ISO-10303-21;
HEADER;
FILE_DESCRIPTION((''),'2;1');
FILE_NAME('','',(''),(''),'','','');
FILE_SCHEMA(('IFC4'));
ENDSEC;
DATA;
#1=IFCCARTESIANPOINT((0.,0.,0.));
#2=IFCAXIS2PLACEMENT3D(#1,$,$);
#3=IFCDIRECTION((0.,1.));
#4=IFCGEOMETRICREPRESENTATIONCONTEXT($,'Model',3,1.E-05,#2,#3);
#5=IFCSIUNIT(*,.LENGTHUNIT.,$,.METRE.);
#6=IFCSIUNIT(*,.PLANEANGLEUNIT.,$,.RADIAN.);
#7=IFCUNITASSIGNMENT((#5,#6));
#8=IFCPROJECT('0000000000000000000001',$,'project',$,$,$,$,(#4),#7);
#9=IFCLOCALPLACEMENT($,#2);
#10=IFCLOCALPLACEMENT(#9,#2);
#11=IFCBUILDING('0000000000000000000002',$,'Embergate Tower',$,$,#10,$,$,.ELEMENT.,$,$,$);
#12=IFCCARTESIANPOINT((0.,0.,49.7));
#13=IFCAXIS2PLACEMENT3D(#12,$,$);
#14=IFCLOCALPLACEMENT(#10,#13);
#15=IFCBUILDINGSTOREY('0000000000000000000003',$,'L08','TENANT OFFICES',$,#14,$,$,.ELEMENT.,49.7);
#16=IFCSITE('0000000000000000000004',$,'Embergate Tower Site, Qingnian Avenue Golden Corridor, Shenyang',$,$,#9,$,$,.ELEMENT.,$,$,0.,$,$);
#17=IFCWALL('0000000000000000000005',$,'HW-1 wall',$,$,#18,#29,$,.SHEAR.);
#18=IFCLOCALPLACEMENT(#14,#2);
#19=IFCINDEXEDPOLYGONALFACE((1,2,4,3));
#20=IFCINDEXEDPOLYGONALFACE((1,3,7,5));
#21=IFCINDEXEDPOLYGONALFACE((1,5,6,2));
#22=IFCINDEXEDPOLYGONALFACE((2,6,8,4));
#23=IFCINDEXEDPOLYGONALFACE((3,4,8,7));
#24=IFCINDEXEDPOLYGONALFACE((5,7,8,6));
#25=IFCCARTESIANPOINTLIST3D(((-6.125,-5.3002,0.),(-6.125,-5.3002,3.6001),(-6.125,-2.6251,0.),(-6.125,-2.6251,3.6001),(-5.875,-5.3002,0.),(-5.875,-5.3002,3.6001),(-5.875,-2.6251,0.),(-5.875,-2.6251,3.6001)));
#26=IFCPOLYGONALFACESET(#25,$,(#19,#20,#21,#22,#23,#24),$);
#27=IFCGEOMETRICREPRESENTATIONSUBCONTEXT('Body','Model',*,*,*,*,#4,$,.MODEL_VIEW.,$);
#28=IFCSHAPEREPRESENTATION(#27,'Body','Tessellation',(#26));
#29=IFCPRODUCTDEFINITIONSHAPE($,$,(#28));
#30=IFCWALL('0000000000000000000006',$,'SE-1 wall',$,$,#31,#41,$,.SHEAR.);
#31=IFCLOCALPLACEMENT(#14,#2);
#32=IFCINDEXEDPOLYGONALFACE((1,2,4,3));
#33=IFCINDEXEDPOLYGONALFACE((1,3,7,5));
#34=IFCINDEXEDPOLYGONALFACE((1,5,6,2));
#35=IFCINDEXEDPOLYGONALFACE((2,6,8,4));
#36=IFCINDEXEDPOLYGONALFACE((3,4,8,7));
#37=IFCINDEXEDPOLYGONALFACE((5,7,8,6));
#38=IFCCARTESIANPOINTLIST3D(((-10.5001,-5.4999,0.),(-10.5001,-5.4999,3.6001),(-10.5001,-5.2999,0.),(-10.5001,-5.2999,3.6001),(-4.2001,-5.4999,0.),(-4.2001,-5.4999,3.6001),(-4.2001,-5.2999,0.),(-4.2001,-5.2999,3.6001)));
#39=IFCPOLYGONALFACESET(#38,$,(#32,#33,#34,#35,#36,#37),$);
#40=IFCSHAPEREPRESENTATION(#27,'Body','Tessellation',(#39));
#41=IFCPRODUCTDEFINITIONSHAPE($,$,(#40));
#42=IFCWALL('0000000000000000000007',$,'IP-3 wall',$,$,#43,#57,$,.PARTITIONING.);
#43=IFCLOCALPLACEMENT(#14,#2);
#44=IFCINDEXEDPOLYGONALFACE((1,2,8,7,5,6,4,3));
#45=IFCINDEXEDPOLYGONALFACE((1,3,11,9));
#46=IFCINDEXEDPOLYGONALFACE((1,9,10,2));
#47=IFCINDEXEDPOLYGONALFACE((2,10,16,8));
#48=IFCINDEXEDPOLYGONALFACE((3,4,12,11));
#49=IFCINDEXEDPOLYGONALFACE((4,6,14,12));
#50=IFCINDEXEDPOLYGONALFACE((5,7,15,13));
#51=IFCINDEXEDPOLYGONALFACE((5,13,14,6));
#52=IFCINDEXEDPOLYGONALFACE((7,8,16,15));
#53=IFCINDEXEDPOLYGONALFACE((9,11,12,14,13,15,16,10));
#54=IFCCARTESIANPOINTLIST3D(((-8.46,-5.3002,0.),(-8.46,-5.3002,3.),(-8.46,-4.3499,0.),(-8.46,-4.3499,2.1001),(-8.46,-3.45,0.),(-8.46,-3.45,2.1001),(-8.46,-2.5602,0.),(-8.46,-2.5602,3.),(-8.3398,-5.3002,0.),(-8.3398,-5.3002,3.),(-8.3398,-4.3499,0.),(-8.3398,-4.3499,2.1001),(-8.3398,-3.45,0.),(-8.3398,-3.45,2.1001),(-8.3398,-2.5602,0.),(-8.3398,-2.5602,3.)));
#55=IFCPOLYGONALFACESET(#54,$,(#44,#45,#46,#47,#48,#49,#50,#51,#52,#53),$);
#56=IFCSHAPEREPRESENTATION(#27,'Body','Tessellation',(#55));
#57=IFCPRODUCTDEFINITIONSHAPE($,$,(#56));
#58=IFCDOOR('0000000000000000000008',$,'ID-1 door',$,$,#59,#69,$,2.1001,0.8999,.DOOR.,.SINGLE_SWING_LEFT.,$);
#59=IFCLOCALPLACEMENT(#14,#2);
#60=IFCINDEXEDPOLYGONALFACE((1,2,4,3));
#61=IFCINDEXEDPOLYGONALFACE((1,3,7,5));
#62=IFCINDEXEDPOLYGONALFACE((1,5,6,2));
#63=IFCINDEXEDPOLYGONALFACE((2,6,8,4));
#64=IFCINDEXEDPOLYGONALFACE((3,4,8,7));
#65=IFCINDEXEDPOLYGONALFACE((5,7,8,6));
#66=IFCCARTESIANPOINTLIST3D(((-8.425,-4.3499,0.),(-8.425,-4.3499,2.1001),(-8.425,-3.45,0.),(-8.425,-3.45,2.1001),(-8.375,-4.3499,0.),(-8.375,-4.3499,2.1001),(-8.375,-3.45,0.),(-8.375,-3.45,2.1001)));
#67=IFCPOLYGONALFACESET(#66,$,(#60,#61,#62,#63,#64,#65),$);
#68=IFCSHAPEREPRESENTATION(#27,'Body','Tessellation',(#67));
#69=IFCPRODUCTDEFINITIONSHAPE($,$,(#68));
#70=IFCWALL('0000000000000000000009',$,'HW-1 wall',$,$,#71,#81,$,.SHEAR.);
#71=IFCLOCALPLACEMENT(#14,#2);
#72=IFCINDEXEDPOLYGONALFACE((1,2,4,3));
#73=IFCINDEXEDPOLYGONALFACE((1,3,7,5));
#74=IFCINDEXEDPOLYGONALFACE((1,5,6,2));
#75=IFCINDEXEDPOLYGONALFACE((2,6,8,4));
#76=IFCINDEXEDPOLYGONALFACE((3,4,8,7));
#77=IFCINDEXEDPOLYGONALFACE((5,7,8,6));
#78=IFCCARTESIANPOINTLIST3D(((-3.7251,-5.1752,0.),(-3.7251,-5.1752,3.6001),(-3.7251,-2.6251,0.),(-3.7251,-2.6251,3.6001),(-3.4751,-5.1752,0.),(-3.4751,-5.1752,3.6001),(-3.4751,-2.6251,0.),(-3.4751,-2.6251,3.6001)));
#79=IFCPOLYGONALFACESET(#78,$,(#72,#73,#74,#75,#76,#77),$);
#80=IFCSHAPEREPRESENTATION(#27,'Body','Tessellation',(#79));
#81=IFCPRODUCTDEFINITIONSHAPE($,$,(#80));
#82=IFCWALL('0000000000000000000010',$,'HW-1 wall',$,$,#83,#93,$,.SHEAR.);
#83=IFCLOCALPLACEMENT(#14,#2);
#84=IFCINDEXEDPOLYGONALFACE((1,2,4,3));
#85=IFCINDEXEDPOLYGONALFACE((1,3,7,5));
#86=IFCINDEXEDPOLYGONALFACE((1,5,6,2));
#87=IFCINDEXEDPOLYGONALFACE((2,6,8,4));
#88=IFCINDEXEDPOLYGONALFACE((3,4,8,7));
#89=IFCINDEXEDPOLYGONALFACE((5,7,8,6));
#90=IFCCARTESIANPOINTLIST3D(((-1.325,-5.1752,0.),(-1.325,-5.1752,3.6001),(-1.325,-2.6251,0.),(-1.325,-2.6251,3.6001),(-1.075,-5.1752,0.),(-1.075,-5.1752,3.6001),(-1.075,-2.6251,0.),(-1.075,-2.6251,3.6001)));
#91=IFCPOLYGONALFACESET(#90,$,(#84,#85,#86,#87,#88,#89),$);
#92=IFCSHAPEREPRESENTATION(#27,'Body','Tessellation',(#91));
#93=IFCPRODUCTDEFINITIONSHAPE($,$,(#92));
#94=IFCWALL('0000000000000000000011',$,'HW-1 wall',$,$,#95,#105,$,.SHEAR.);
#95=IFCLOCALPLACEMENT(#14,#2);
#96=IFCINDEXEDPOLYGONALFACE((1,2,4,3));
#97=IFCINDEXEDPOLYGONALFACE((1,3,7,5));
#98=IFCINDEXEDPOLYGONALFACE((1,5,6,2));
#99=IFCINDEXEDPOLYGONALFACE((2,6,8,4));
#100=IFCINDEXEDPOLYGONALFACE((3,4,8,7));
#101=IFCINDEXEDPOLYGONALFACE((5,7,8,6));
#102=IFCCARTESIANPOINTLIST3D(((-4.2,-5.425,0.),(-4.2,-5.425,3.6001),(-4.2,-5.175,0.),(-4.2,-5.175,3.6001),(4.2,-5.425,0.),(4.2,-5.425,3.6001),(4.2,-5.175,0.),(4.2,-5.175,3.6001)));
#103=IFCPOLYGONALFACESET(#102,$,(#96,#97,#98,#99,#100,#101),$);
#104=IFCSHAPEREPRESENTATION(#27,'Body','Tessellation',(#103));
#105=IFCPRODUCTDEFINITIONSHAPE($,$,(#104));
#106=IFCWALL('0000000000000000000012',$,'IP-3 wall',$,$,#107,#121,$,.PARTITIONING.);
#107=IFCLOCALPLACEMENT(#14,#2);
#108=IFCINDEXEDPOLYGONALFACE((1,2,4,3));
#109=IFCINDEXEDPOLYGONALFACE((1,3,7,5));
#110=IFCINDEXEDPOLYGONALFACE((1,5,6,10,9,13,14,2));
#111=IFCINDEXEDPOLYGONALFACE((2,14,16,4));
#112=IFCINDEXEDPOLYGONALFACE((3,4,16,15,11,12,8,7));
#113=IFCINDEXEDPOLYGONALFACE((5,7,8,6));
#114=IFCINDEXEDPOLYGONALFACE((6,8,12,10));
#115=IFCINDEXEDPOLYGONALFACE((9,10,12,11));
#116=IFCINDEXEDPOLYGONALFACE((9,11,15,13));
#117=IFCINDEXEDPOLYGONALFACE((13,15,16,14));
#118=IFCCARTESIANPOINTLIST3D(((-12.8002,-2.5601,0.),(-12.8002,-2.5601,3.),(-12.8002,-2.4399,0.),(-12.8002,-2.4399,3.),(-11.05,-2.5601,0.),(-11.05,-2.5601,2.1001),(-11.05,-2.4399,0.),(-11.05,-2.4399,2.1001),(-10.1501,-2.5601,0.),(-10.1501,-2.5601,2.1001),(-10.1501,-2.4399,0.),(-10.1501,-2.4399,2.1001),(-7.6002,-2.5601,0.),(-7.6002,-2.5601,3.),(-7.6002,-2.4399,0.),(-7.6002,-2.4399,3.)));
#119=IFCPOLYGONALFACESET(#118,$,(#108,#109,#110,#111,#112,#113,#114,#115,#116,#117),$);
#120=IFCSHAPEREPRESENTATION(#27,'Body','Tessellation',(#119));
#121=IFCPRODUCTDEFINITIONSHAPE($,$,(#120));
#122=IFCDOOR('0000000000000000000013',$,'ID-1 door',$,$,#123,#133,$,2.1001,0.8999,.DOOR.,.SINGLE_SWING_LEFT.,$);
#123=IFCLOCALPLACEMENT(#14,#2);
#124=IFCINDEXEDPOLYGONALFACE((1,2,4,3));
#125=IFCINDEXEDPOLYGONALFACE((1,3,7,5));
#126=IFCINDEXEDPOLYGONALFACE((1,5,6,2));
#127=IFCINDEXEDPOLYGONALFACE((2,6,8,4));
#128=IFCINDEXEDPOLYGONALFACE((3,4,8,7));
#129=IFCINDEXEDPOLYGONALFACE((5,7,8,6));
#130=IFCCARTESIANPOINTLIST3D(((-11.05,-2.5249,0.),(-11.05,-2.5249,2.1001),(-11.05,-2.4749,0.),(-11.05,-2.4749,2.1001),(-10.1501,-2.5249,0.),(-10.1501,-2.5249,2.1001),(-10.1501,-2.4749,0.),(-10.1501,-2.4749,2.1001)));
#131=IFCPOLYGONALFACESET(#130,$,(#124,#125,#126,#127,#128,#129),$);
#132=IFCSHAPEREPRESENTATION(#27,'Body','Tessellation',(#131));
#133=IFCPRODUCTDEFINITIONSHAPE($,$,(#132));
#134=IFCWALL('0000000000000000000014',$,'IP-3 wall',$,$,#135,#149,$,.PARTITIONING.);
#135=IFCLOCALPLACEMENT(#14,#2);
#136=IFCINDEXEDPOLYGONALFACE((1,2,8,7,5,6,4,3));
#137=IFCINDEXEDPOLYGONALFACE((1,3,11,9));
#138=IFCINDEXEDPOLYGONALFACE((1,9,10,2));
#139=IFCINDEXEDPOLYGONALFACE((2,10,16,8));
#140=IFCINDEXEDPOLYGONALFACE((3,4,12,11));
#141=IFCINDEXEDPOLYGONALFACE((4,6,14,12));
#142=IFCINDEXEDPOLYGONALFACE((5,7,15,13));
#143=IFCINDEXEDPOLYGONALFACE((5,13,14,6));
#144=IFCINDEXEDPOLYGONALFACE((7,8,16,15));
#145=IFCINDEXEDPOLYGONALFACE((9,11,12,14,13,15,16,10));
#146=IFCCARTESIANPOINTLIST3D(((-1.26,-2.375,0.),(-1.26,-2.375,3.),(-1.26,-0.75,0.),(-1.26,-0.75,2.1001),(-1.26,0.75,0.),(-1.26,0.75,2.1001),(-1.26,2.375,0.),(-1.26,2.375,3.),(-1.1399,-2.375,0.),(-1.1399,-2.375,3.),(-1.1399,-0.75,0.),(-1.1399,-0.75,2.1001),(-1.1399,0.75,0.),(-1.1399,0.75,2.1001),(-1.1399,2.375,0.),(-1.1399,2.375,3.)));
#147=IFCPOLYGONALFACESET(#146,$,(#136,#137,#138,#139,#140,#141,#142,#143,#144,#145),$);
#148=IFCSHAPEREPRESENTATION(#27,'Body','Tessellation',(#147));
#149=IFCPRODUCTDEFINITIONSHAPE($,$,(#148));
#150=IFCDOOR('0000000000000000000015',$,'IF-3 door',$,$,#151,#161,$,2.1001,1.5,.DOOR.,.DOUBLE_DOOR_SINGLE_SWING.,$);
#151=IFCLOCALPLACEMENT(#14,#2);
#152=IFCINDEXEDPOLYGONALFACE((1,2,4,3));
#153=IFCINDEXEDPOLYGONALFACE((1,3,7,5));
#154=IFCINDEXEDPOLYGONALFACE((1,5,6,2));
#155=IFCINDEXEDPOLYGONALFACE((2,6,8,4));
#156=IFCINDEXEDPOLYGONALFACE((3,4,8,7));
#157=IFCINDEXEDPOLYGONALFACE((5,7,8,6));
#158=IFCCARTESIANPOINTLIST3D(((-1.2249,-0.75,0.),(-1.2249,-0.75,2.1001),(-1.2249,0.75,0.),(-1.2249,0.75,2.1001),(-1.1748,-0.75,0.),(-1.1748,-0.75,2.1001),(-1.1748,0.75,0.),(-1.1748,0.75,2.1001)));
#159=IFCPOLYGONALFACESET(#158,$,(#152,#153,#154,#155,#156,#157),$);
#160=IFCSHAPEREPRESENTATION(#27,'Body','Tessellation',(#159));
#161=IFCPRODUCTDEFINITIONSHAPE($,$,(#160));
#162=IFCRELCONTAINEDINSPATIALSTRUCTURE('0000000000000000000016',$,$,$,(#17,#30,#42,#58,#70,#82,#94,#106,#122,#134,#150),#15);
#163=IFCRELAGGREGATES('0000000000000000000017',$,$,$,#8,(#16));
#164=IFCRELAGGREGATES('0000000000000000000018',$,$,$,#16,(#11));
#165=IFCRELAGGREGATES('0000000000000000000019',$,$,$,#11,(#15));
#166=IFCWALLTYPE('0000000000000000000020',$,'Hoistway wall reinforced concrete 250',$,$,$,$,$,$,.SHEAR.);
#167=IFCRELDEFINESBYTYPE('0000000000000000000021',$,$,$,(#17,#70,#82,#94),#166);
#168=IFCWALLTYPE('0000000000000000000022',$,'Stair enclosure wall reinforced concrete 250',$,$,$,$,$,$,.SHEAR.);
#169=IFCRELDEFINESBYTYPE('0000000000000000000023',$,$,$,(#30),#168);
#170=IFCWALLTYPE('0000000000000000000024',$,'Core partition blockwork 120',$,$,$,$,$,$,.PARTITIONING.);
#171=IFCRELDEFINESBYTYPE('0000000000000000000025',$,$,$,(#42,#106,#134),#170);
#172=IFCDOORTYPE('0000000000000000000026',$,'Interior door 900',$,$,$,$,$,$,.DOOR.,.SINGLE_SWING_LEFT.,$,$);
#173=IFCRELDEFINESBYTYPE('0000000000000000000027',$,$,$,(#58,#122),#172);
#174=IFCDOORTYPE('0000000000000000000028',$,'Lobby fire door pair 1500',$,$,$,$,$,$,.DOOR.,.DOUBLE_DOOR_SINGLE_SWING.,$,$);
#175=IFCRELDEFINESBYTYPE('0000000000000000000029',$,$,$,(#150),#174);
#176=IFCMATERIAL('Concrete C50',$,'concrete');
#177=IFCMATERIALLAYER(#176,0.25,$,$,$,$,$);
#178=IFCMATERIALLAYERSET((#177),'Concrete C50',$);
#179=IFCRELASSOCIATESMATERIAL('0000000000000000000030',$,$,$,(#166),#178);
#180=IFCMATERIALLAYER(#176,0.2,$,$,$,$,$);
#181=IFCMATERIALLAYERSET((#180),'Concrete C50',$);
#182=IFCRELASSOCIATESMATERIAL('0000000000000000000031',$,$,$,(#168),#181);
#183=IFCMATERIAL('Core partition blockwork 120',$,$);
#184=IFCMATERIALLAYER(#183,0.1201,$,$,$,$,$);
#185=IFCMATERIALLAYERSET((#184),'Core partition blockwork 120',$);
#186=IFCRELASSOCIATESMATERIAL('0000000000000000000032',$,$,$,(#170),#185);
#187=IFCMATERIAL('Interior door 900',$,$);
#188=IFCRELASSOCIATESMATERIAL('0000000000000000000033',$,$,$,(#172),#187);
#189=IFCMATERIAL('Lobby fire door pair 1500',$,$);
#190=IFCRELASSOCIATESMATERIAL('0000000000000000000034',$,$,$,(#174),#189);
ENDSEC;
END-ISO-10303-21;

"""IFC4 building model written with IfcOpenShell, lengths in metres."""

from ifc_helpers import new_model, si_unit, direction, frame, frame_2d, origin, place, context, subcontext, project, spatial, rectangle, extrude, source, transform, mapped, material, layer, layer_set, type_object, element, fill, save


model = new_model("IFC4")

# Units and contexts
model_context = context("Model", 3, precision=1e-05, world=origin(), true_north=direction((0.0, 1.0)))
body_context = subcontext(model_context, "Body", "Model", "MODEL_VIEW")
ifc_project = project(units=[si_unit("LENGTHUNIT", "METRE"), si_unit("PLANEANGLEUNIT", "RADIAN")], contexts=[model_context])

# Site, building, storey
site_placement = place(None, origin())
site = spatial("IfcSite", under=ifc_project, at=site_placement, Name="Embergate Tower Site, Qingnian Avenue Golden Corridor, Shenyang", CompositionType="ELEMENT", RefElevation=0.0)
building_placement = place(site_placement, origin())
building = spatial("IfcBuilding", under=site, at=building_placement, Name="Embergate Tower", CompositionType="ELEMENT")
storey_placement = place(building_placement, frame((0.0, 0.0, 49.7)))
storey = spatial("IfcBuildingStorey", under=building, at=storey_placement, Name="L08", Description="TENANT OFFICES", CompositionType="ELEMENT", Elevation=49.7)

# Walls
ifc_material_1 = material(Name="Concrete C50", Category="concrete")
ifc_layer_1 = layer(ifc_material_1, 0.25)
ifc_layer_set_1 = layer_set([ifc_layer_1], Name="Concrete C50")
wall_type_1 = type_object("IfcWallType", Name="Hoistway wall reinforced concrete 250", PredefinedType="SHEAR", material=ifc_layer_set_1)
shared_shape_1 = source(origin(), body_context, "Body", "SweptSolid", [
    extrude(rectangle(XDim=2.675, YDim=0.25, at=frame_2d((1.3374, 0.0))), origin(), (0.0, 0.0, 1.0), 3.6001),
])
wall_1_placement = place(storey_placement, frame((-6.0, -5.3, 0.0), z_axis=(0.0, 0.0, 1.0), x_axis=(0.0, 1.0, 0.0)))
element("IfcWall", 1, at=wall_1_placement, inside=storey, type_object=wall_type_1, Name="HW-1 wall", PredefinedType="SHEAR", context=body_context, shape_type="MappedRepresentation", body=[
    mapped(shared_shape_1, transform((0.0, 0.0, 0.0))),
])
ifc_layer_2 = layer(ifc_material_1, 0.2)
ifc_layer_set_2 = layer_set([ifc_layer_2], Name="Concrete C50")
wall_type_2 = type_object("IfcWallType", Name="Stair enclosure wall reinforced concrete 250", PredefinedType="SHEAR", material=ifc_layer_set_2)
shared_shape_2 = source(origin(), body_context, "Body", "SweptSolid", [
    extrude(rectangle(XDim=6.3, YDim=0.2, at=frame_2d((3.1499, 0.0))), origin(), (0.0, 0.0, 1.0), 3.6001),
])
wall_2_placement = place(storey_placement, frame((-10.5, -5.3999, 0.0), z_axis=(0.0, 0.0, 1.0), x_axis=(1.0, 0.0, 0.0)))
element("IfcWall", 2, at=wall_2_placement, inside=storey, type_object=wall_type_2, Name="SE-1 wall", PredefinedType="SHEAR", context=body_context, shape_type="MappedRepresentation", body=[
    mapped(shared_shape_2, transform((0.0, 0.0, 0.0))),
])

# Wall, opening, door
ifc_material_2 = material(Name="Core partition blockwork 120")
ifc_layer_3 = layer(ifc_material_2, 0.1201)
ifc_layer_set_3 = layer_set([ifc_layer_3], Name="Core partition blockwork 120")
wall_type_3 = type_object("IfcWallType", Name="Core partition blockwork 120", PredefinedType="PARTITIONING", material=ifc_layer_set_3)
shared_shape_3 = source(origin(), body_context, "Body", "SweptSolid", [
    extrude(rectangle(XDim=2.74, YDim=0.1201, at=frame_2d((1.3701, 0.0))), origin(), (0.0, 0.0, 1.0), 3.0),
])
wall_3_placement = place(storey_placement, frame((-8.3999, -2.5601, 0.0), z_axis=(0.0, 0.0, 1.0), x_axis=(0.0, -1.0, 0.0)))
wall_3 = element("IfcWall", 3, at=wall_3_placement, inside=storey, type_object=wall_type_3, Name="IP-3 wall", PredefinedType="PARTITIONING", context=body_context, shape_type="MappedRepresentation", body=[
    mapped(shared_shape_3, transform((0.0, 0.0, 0.0))),
])
shared_shape_4 = source(origin(), body_context, "Body", "SweptSolid", [
    extrude(rectangle(XDim=0.8999, YDim=2.1001, at=frame_2d((0.45, 1.05))), frame((0.0, 0.0701, 0.0), z_axis=(0.0, -1.0, 0.0), x_axis=(1.0, 0.0, 0.0)), (0.0, 0.0, 1.0), 0.1401),
])
opening_1_placement = place(wall_3_placement, frame((0.8899, 0.0, 0.0)))
opening_1 = element("IfcOpeningElement", 4, at=opening_1_placement, cuts=wall_3, PredefinedType="OPENING", context=body_context, shape_type="MappedRepresentation", body=[
    mapped(shared_shape_4, transform((0.0, 0.0, 0.0))),
])
ifc_material_3 = material(Name="Interior door 900")
door_type_1 = type_object("IfcDoorType", Name="Interior door 900", OperationType="SINGLE_SWING_LEFT", PredefinedType="DOOR", material=ifc_material_3)
shared_shape_5 = source(origin(), body_context, "Body", "SweptSolid", [
    extrude(rectangle(XDim=0.8999, YDim=2.1001, at=frame_2d((0.45, 1.05))), frame((0.0, 0.0249, 0.0), z_axis=(0.0, -1.0, 0.0), x_axis=(1.0, 0.0, 0.0)), (0.0, 0.0, 1.0), 0.05),
])
door_1_placement = place(opening_1_placement, origin())
door_1 = element("IfcDoor", 5, at=door_1_placement, inside=storey, type_object=door_type_1, Name="ID-1 door", OperationType="SINGLE_SWING_LEFT", OverallHeight=2.1001, OverallWidth=0.8999, PredefinedType="DOOR", context=body_context, shape_type="MappedRepresentation", body=[
    mapped(shared_shape_5, transform((0.0, 0.0, 0.0))),
])
fill(opening_1, door_1)

# Walls
shared_shape_6 = source(origin(), body_context, "Body", "SweptSolid", [
    extrude(rectangle(XDim=2.55, YDim=0.25, at=frame_2d((1.2749, 0.0))), origin(), (0.0, 0.0, 1.0), 3.6001),
])
for number, where, z_axis, x_axis, name in (
    (6, (-3.6001, -5.175, 0.0), (0.0, 0.0, 1.0), (0.0, 1.0, 0.0), "HW-1 wall"),
    (7, (-1.2, -5.175, 0.0), (0.0, 0.0, 1.0), (0.0, 1.0, 0.0), "HW-1 wall"),
):
    element("IfcWall", number, at=place(storey_placement, frame(where, z_axis=z_axis, x_axis=x_axis)), inside=storey, type_object=wall_type_1, Name=name, PredefinedType="SHEAR", context=body_context, shape_type="MappedRepresentation", body=[
        mapped(shared_shape_6, transform((0.0, 0.0, 0.0))),
    ])
shared_shape_7 = source(origin(), body_context, "Body", "SweptSolid", [
    extrude(rectangle(XDim=8.3999, YDim=0.25, at=frame_2d((4.2, 0.0))), origin(), (0.0, 0.0, 1.0), 3.6001),
])
wall_4_placement = place(storey_placement, frame((-4.2, -5.3, 0.0), z_axis=(0.0, 0.0, 1.0), x_axis=(1.0, 0.0, 0.0)))
element("IfcWall", 8, at=wall_4_placement, inside=storey, type_object=wall_type_1, Name="HW-1 wall", PredefinedType="SHEAR", context=body_context, shape_type="MappedRepresentation", body=[
    mapped(shared_shape_7, transform((0.0, 0.0, 0.0))),
])

# Walls, openings, doors
shared_shape_8 = source(origin(), body_context, "Body", "SweptSolid", [
    extrude(rectangle(XDim=5.2, YDim=0.1201, at=frame_2d((2.6001, 0.0))), origin(), (0.0, 0.0, 1.0), 3.0),
])
wall_5_placement = place(storey_placement, frame((-7.6001, -2.5, 0.0), z_axis=(0.0, 0.0, 1.0), x_axis=(-1.0, 0.0, 0.0)))
wall_5 = element("IfcWall", 9, at=wall_5_placement, inside=storey, type_object=wall_type_3, Name="IP-3 wall", PredefinedType="PARTITIONING", context=body_context, shape_type="MappedRepresentation", body=[
    mapped(shared_shape_8, transform((0.0, 0.0, 0.0))),
])
opening_2_placement = place(wall_5_placement, frame((2.55, 0.0, 0.0)))
opening_2 = element("IfcOpeningElement", 10, at=opening_2_placement, cuts=wall_5, PredefinedType="OPENING", context=body_context, shape_type="MappedRepresentation", body=[
    mapped(shared_shape_4, transform((0.0, 0.0, 0.0))),
])
door_2_placement = place(opening_2_placement, origin())
door_2 = element("IfcDoor", 11, at=door_2_placement, inside=storey, type_object=door_type_1, Name="ID-1 door", OperationType="SINGLE_SWING_LEFT", OverallHeight=2.1001, OverallWidth=0.8999, PredefinedType="DOOR", context=body_context, shape_type="MappedRepresentation", body=[
    mapped(shared_shape_5, transform((0.0, 0.0, 0.0))),
])
fill(opening_2, door_2)
shared_shape_9 = source(origin(), body_context, "Body", "SweptSolid", [
    extrude(rectangle(XDim=4.75, YDim=0.1201, at=frame_2d((2.375, 0.0))), origin(), (0.0, 0.0, 1.0), 3.0),
])
wall_6_placement = place(storey_placement, frame((-1.2, -2.375, 0.0), z_axis=(0.0, 0.0, 1.0), x_axis=(0.0, 1.0, 0.0)))
wall_6 = element("IfcWall", 12, at=wall_6_placement, inside=storey, type_object=wall_type_3, Name="IP-3 wall", PredefinedType="PARTITIONING", context=body_context, shape_type="MappedRepresentation", body=[
    mapped(shared_shape_9, transform((0.0, 0.0, 0.0))),
])
shared_shape_10 = source(origin(), body_context, "Body", "SweptSolid", [
    extrude(rectangle(XDim=1.5, YDim=2.1001, at=frame_2d((0.75, 1.05))), frame((0.0, 0.0701, 0.0), z_axis=(0.0, -1.0, 0.0), x_axis=(1.0, 0.0, 0.0)), (0.0, 0.0, 1.0), 0.1401),
])
opening_3_placement = place(wall_6_placement, frame((1.625, 0.0, 0.0)))
opening_3 = element("IfcOpeningElement", 13, at=opening_3_placement, cuts=wall_6, PredefinedType="OPENING", context=body_context, shape_type="MappedRepresentation", body=[
    mapped(shared_shape_10, transform((0.0, 0.0, 0.0))),
])
ifc_material_4 = material(Name="Lobby fire door pair 1500")
door_type_2 = type_object("IfcDoorType", Name="Lobby fire door pair 1500", OperationType="DOUBLE_DOOR_SINGLE_SWING", PredefinedType="DOOR", material=ifc_material_4)
shared_shape_11 = source(origin(), body_context, "Body", "SweptSolid", [
    extrude(rectangle(XDim=1.5, YDim=2.1001, at=frame_2d((0.75, 1.05))), frame((0.0, 0.0249, 0.0), z_axis=(0.0, -1.0, 0.0), x_axis=(1.0, 0.0, 0.0)), (0.0, 0.0, 1.0), 0.05),
])
door_3_placement = place(opening_3_placement, origin())
door_3 = element("IfcDoor", 14, at=door_3_placement, inside=storey, type_object=door_type_2, Name="IF-3 door", OperationType="DOUBLE_DOOR_SINGLE_SWING", OverallHeight=2.1001, OverallWidth=1.5, PredefinedType="DOOR", context=body_context, shape_type="MappedRepresentation", body=[
    mapped(shared_shape_11, transform((0.0, 0.0, 0.0))),
])
fill(opening_3, door_3)

save(model, "model.ifc")
